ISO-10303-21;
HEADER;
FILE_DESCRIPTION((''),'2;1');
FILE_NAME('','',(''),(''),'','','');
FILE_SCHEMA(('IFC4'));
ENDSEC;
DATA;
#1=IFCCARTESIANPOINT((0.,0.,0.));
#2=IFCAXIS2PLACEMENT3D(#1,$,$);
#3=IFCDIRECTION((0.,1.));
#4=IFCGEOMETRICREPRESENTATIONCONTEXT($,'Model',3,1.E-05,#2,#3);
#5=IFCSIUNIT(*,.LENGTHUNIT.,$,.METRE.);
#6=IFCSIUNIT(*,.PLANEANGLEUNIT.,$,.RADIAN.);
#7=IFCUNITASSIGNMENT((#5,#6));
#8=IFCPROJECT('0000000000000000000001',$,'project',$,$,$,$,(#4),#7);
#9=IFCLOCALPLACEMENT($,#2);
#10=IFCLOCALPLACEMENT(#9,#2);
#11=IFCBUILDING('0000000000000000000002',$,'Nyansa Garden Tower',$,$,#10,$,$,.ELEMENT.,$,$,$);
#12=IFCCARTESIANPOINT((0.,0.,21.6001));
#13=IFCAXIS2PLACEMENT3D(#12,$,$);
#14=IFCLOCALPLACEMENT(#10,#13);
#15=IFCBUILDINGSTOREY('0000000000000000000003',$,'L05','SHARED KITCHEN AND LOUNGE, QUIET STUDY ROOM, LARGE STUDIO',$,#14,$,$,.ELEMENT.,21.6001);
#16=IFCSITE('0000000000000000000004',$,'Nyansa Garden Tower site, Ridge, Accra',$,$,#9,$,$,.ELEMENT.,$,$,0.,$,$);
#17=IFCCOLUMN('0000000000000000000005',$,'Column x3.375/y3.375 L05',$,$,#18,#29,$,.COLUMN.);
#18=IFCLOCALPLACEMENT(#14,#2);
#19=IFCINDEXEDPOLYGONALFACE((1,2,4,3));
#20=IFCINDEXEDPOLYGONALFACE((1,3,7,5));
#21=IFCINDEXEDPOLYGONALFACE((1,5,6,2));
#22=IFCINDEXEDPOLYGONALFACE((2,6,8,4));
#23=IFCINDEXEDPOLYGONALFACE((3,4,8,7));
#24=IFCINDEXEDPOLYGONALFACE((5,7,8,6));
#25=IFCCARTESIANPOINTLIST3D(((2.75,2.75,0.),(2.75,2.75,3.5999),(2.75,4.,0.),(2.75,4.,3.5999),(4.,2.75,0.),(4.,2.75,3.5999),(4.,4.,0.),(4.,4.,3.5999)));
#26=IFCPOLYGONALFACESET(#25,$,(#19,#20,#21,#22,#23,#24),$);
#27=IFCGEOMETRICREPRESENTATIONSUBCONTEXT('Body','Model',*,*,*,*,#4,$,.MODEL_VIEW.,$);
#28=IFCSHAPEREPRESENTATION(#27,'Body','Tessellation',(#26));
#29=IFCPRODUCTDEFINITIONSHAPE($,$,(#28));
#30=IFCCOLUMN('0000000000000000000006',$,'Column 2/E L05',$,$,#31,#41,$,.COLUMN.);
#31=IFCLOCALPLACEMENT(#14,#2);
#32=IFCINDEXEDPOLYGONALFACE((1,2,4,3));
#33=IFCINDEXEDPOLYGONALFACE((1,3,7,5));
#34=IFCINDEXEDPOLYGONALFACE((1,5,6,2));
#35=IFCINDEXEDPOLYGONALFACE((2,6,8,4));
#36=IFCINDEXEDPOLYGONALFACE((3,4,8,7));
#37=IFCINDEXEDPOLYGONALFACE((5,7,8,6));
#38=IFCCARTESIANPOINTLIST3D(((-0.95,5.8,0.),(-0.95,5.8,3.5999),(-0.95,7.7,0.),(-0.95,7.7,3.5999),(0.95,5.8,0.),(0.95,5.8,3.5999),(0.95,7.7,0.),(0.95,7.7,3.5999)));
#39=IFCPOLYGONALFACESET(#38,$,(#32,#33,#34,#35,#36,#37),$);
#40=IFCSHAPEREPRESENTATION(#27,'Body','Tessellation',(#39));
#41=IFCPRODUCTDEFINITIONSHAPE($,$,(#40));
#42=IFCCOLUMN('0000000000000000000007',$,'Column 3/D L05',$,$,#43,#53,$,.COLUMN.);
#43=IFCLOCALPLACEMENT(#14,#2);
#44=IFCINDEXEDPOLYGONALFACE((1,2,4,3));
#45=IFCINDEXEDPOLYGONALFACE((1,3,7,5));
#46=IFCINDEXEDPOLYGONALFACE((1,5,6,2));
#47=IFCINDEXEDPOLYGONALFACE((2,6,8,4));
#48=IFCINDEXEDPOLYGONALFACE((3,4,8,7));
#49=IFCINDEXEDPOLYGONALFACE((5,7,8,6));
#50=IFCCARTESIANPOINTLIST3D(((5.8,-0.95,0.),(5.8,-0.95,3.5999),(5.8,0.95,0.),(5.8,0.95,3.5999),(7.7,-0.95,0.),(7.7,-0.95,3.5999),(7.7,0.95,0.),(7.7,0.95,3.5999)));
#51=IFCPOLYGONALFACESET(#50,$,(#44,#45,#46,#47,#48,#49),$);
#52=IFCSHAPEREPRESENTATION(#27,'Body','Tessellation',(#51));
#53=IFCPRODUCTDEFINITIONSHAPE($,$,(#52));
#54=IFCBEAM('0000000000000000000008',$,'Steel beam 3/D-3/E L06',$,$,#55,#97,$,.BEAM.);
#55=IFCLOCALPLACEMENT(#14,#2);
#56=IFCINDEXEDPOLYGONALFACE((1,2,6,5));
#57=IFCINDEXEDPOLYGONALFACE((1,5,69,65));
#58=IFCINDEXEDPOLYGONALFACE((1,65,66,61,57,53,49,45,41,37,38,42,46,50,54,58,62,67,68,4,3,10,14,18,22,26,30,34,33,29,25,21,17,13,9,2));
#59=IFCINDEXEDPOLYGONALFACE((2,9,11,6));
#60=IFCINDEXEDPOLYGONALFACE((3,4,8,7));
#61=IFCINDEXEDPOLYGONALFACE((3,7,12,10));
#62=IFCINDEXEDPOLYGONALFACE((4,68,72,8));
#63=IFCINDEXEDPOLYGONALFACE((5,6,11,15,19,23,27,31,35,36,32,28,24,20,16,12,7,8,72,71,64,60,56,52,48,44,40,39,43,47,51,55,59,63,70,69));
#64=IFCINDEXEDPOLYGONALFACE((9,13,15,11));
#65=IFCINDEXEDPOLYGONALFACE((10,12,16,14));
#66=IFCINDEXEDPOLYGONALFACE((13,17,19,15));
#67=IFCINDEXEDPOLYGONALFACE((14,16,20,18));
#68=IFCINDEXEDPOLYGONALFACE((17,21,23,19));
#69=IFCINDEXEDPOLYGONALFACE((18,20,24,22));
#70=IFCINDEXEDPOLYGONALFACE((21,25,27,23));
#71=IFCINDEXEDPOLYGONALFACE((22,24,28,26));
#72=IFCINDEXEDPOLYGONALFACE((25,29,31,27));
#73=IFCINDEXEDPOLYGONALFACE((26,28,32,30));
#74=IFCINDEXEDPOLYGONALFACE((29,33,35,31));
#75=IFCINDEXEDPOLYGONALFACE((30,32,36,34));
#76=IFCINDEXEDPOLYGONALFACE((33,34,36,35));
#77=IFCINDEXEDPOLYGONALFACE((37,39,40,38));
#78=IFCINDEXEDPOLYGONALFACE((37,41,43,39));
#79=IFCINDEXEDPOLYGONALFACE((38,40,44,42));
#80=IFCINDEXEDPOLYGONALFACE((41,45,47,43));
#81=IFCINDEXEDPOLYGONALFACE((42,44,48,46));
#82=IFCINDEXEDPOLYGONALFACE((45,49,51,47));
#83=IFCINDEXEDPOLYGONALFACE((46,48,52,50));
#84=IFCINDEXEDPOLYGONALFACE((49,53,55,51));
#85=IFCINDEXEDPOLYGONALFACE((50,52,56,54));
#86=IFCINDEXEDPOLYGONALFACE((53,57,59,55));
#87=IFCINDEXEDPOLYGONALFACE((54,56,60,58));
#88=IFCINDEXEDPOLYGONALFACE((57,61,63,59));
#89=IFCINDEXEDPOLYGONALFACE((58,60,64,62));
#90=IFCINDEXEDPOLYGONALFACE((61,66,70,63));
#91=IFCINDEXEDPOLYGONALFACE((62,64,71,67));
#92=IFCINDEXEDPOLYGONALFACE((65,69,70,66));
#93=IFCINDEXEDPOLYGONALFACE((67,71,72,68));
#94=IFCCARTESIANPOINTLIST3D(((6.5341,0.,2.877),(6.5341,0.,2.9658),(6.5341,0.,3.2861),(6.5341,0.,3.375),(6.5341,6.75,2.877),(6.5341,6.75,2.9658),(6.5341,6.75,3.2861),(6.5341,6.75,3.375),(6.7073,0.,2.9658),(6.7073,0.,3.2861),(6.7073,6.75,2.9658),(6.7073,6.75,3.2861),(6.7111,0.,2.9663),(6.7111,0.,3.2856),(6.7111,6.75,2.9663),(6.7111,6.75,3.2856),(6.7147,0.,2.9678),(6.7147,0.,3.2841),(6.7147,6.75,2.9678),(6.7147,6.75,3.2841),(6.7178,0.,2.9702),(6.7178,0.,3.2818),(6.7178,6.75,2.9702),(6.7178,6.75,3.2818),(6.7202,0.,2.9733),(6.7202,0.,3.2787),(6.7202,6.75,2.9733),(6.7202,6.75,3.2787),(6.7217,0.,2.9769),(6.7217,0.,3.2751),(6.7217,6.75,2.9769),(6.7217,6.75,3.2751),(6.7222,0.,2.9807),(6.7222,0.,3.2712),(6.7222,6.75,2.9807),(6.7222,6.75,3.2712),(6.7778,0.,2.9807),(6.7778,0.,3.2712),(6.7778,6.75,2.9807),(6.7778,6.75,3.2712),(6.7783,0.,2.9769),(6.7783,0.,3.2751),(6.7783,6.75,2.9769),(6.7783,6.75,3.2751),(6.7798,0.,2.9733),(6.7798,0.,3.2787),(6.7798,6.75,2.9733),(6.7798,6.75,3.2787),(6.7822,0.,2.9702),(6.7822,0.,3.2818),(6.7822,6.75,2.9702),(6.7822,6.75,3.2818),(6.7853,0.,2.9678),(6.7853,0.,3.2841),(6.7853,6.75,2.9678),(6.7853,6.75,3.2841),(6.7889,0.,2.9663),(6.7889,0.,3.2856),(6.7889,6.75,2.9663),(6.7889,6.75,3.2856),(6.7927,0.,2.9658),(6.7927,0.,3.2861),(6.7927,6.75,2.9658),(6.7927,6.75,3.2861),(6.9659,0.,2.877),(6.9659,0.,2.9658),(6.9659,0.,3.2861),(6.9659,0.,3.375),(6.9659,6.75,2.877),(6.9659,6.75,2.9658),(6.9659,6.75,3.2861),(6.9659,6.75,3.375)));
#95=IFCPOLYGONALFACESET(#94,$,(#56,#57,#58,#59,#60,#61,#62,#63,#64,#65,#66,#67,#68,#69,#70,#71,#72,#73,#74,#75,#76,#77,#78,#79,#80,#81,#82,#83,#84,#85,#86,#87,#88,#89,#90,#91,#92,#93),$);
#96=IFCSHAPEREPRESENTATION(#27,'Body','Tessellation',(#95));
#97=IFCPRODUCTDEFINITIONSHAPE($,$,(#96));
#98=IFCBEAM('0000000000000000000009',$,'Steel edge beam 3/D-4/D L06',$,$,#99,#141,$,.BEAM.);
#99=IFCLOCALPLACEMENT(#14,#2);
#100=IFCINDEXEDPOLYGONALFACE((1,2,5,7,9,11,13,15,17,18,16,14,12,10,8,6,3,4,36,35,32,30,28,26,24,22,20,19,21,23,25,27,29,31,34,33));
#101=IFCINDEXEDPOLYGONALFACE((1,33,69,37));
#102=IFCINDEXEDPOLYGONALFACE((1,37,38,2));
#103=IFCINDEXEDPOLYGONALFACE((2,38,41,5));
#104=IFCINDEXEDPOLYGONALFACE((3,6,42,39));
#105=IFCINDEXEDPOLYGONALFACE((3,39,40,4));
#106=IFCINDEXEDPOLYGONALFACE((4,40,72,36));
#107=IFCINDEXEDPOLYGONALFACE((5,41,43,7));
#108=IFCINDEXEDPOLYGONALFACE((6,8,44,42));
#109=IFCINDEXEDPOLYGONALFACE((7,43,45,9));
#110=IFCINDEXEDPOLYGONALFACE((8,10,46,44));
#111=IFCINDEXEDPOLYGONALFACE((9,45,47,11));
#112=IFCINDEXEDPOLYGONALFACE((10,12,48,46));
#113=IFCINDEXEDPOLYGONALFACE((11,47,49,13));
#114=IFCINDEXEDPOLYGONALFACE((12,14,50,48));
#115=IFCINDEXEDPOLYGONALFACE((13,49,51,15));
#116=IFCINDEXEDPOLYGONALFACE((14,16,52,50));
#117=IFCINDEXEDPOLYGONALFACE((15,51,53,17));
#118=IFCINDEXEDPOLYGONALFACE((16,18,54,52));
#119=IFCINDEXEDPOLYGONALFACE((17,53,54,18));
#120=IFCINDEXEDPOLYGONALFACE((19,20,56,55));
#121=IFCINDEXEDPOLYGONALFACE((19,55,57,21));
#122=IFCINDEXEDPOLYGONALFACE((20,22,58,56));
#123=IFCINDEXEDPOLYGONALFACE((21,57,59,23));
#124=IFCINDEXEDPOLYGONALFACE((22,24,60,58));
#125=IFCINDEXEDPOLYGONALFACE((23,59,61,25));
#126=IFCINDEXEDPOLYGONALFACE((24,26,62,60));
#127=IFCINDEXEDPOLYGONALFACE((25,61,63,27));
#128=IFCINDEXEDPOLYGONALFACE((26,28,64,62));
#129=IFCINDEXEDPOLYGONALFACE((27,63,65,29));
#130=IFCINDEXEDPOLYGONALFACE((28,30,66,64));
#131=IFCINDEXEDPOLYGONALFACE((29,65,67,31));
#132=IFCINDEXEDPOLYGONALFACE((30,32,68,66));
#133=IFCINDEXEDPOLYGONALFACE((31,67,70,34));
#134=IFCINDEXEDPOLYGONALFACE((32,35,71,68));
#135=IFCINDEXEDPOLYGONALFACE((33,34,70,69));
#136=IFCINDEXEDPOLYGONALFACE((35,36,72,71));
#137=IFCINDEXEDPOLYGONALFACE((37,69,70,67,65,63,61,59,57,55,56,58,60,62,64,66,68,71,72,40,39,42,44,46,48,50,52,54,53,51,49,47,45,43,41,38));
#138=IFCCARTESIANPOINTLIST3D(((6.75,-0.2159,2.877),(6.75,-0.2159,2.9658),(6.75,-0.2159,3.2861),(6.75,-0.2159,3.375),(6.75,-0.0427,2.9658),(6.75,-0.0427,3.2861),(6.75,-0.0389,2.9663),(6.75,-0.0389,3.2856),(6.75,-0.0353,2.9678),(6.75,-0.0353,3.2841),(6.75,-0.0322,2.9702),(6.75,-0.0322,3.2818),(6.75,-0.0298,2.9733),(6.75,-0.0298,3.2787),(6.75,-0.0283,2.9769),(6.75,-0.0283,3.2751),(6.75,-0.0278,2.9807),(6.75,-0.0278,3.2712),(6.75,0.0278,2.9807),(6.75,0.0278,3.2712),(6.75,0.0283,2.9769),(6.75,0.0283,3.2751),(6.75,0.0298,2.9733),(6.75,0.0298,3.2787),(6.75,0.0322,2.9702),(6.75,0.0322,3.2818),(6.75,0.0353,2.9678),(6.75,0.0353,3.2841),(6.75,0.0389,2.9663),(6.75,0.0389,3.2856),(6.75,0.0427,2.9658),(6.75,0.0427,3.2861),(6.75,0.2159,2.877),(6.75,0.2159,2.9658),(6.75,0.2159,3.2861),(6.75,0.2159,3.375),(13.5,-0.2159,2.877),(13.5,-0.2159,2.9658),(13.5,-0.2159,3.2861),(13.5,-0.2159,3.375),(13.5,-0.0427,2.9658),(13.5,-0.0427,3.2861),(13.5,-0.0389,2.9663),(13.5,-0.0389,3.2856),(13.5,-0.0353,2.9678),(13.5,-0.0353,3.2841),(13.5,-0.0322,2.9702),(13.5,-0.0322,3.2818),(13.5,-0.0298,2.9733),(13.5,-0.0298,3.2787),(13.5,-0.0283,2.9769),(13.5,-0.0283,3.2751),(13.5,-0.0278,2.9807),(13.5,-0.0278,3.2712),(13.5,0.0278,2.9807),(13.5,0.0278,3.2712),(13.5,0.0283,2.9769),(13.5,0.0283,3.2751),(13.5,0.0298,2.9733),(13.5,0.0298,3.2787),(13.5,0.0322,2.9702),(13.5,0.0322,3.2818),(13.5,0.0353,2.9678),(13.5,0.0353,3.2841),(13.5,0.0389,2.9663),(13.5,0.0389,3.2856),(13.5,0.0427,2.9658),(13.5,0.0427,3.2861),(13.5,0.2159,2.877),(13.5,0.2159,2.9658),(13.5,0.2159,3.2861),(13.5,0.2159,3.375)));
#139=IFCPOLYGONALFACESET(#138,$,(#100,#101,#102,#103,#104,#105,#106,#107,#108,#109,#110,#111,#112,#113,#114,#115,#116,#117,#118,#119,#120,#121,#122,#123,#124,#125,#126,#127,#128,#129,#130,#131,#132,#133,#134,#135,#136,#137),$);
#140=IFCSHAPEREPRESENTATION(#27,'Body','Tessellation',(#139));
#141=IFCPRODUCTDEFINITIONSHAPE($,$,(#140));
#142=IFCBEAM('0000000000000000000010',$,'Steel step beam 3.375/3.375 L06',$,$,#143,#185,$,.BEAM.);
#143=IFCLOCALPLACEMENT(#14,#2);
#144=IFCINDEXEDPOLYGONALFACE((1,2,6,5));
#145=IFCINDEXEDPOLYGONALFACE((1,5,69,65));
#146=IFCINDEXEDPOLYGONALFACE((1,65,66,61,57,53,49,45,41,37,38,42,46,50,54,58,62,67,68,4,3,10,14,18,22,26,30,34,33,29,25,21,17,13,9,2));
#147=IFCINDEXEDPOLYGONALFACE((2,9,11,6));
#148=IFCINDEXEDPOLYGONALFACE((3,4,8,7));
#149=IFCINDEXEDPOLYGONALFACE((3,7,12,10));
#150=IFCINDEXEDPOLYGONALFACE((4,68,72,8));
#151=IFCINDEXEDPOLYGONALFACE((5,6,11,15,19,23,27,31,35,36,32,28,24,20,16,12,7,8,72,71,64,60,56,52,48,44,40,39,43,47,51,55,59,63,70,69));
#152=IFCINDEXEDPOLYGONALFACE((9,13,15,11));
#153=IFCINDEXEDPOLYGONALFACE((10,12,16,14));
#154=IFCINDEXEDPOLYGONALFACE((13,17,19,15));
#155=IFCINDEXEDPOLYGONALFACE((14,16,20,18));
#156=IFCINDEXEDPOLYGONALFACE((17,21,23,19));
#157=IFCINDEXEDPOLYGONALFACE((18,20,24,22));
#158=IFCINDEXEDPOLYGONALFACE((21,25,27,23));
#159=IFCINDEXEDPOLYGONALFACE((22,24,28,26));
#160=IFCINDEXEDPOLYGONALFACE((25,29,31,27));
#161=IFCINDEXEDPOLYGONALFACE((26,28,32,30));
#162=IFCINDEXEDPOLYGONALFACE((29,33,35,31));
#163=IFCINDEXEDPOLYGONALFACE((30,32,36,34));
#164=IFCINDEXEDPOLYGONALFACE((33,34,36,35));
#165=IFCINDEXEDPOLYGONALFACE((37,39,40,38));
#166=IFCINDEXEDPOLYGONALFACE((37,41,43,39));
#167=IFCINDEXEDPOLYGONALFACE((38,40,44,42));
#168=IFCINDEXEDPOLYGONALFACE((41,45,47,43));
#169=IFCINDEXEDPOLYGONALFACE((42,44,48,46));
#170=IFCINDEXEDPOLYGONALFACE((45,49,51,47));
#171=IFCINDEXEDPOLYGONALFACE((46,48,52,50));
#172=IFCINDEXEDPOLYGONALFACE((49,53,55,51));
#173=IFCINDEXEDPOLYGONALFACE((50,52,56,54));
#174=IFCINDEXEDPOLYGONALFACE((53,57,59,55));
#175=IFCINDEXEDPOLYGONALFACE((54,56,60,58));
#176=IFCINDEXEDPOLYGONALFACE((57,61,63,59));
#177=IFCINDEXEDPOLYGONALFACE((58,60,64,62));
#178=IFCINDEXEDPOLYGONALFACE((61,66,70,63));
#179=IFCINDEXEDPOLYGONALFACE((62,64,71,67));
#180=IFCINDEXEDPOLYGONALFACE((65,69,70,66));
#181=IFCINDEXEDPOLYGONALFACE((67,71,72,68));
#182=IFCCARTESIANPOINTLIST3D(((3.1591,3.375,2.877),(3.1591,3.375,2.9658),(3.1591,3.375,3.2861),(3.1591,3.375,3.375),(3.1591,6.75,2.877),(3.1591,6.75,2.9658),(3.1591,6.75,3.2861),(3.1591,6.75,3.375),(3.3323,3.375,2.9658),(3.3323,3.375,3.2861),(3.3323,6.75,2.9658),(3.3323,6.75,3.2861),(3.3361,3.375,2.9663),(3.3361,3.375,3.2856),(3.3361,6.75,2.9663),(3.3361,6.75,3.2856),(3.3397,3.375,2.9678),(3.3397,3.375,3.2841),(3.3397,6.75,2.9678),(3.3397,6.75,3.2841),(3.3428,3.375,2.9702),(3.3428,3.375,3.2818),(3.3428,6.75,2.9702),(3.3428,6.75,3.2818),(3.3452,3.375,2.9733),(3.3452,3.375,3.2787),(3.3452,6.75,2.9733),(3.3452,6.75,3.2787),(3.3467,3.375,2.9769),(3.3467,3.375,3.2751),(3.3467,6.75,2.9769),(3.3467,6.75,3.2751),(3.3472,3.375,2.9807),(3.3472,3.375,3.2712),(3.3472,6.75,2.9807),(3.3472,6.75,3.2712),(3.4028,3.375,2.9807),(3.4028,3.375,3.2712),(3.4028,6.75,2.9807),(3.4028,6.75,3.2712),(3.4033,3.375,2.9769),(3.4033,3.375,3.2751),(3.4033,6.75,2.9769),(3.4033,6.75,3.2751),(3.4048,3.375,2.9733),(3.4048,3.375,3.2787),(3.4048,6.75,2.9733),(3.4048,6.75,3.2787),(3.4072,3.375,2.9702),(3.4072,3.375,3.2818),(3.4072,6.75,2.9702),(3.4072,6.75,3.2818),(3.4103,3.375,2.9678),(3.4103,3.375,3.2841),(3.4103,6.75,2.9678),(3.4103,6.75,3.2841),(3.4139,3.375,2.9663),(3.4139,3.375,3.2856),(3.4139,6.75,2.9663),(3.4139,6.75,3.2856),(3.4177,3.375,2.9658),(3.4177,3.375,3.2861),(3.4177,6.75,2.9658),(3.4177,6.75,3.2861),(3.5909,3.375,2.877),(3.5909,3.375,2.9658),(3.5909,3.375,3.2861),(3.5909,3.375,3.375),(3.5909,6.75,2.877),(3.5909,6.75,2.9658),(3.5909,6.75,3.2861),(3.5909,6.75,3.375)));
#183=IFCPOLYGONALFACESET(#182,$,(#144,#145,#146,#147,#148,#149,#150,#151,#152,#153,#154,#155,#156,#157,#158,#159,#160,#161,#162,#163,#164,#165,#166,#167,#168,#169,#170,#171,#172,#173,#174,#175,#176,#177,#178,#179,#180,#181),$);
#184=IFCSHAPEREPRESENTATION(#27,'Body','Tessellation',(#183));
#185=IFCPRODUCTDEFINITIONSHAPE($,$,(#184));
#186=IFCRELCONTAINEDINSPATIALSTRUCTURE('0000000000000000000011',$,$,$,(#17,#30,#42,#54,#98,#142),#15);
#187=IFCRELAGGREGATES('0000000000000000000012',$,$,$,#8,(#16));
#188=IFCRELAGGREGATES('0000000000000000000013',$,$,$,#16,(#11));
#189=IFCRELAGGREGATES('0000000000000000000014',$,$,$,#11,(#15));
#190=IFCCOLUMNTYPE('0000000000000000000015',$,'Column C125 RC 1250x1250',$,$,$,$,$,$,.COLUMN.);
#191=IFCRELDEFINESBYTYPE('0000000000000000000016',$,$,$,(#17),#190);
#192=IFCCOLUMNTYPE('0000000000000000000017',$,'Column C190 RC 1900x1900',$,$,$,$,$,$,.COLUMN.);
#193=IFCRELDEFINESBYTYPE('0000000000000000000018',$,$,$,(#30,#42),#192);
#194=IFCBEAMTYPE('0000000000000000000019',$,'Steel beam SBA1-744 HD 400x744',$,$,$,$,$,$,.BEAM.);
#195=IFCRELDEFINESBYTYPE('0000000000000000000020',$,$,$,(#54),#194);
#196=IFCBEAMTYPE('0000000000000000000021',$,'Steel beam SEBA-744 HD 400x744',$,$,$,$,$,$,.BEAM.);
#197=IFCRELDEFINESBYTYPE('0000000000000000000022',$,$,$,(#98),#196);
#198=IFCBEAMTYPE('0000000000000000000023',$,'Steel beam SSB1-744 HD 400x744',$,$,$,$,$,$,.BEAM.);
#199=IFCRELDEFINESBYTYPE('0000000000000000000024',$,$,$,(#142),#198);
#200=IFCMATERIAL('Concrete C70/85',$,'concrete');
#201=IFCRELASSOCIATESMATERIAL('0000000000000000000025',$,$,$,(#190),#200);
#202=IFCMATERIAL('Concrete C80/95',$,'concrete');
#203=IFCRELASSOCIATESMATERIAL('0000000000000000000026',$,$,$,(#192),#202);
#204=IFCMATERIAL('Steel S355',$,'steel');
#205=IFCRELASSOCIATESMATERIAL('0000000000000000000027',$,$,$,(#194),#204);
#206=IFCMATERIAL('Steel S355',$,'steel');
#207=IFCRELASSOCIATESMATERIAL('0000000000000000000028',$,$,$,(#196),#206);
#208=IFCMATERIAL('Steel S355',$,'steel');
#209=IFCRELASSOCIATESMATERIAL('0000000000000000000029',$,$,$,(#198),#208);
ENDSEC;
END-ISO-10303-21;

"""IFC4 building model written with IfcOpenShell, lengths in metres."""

from ifc_helpers import new_model, si_unit, direction, frame, origin, origin_2d, place, context, subcontext, project, spatial, rectangle, i_section, extrude, material, material_profile, profile_set, type_object, element, save


model = new_model("IFC4")

# Units and contexts
model_context = context("Model", 3, precision=1e-05, world=origin(), true_north=direction((0.0, 1.0)))
body_context = subcontext(model_context, "Body", "Model", "MODEL_VIEW")
ifc_project = project(units=[si_unit("LENGTHUNIT", "METRE"), si_unit("PLANEANGLEUNIT", "RADIAN")], contexts=[model_context])

# Site, building, storey
site_placement = place(None, origin())
site = spatial("IfcSite", under=ifc_project, at=site_placement, Name="Nyansa Garden Tower site, Ridge, Accra", CompositionType="ELEMENT", RefElevation=0.0)
building_placement = place(site_placement, origin())
building = spatial("IfcBuilding", under=site, at=building_placement, Name="Nyansa Garden Tower", CompositionType="ELEMENT")
storey_placement = place(building_placement, frame((0.0, 0.0, 21.6001)))
storey = spatial("IfcBuildingStorey", under=building, at=storey_placement, Name="L05", Description="SHARED KITCHEN AND LOUNGE, QUIET STUDY ROOM, LARGE STUDIO", CompositionType="ELEMENT", Elevation=21.6001)

# Columns
ifc_material_1 = material(Name="Concrete C70/85", Category="concrete")
ifc_material_profile_1 = material_profile(ifc_material_1, rectangle(XDim=1.25, YDim=1.25, at=origin_2d()), Name="RC 1250x1250")
ifc_profile_set_1 = profile_set([ifc_material_profile_1], Name="Concrete C70/85")
column_type_1 = type_object("IfcColumnType", Name="Column C125 RC 1250x1250", PredefinedType="COLUMN", material=ifc_profile_set_1)
column_placement = place(storey_placement, frame((3.375, 3.375, 0.0), z_axis=(0.0, 0.0, 1.0), x_axis=(1.0, 0.0, 0.0)))
element("IfcColumn", 1, at=column_placement, inside=storey, type_object=column_type_1, Name="Column x3.375/y3.375 L05", PredefinedType="COLUMN", context=body_context, shape_type="SweptSolid", body=[
    extrude(rectangle(XDim=1.25, YDim=1.25, at=origin_2d()), origin(), (0.0, 0.0, 1.0), 3.5999),
])
ifc_material_2 = material(Name="Concrete C80/95", Category="concrete")
ifc_material_profile_2 = material_profile(ifc_material_2, rectangle(XDim=1.8999, YDim=1.8999, at=origin_2d()), Name="RC 1900x1900")
ifc_profile_set_2 = profile_set([ifc_material_profile_2], Name="Concrete C80/95")
column_type_2 = type_object("IfcColumnType", Name="Column C190 RC 1900x1900", PredefinedType="COLUMN", material=ifc_profile_set_2)
for number, where, z_axis, x_axis, name in (
    (2, (0.0, 6.75, 0.0), (0.0, 0.0, 1.0), (1.0, 0.0, 0.0), "Column 2/E L05"),
    (3, (6.75, 0.0, 0.0), (0.0, 0.0, 1.0), (1.0, 0.0, 0.0), "Column 3/D L05"),
):
    element("IfcColumn", number, at=place(storey_placement, frame(where, z_axis=z_axis, x_axis=x_axis)), inside=storey, type_object=column_type_2, Name=name, PredefinedType="COLUMN", context=body_context, shape_type="SweptSolid", body=[
        extrude(rectangle(XDim=1.8999, YDim=1.8999, at=origin_2d()), origin(), (0.0, 0.0, 1.0), 3.5999),
    ])

# Beams
ifc_material_3 = material(Name="Steel S355", Category="steel")
ifc_material_profile_3 = material_profile(ifc_material_3, i_section(OverallWidth=0.4319, OverallDepth=0.498, WebThickness=0.0557, FlangeThickness=0.0889, FilletRadius=0.0149, at=origin_2d()), Name="HD 400x744")
ifc_profile_set_3 = profile_set([ifc_material_profile_3], Name="Steel S355")
beam_type_1 = type_object("IfcBeamType", Name="Steel beam SBA1-744 HD 400x744", PredefinedType="BEAM", material=ifc_profile_set_3)
beam_1_placement = place(storey_placement, frame((6.75, 0.0, 3.126), z_axis=(0.0, 1.0, 0.0), x_axis=(-1.0, 0.0, 0.0)))
element("IfcBeam", 4, at=beam_1_placement, inside=storey, type_object=beam_type_1, Name="Steel beam 3/D-3/E L06", PredefinedType="BEAM", context=body_context, shape_type="SweptSolid", body=[
    extrude(i_section(OverallWidth=0.4319, OverallDepth=0.498, WebThickness=0.0557, FlangeThickness=0.0889, FilletRadius=0.0149, at=origin_2d()), origin(), (0.0, 0.0, 1.0), 6.75),
])
ifc_material_4 = material(Name="Steel S355", Category="steel")
ifc_material_profile_4 = material_profile(ifc_material_4, i_section(OverallWidth=0.4319, OverallDepth=0.498, WebThickness=0.0557, FlangeThickness=0.0889, FilletRadius=0.0149, at=origin_2d()), Name="HD 400x744")
ifc_profile_set_4 = profile_set([ifc_material_profile_4], Name="Steel S355")
beam_type_2 = type_object("IfcBeamType", Name="Steel beam SEBA-744 HD 400x744", PredefinedType="BEAM", material=ifc_profile_set_4)
beam_2_placement = place(storey_placement, frame((6.75, 0.0, 3.126), z_axis=(1.0, 0.0, 0.0), x_axis=(0.0, 1.0, 0.0)))
element("IfcBeam", 5, at=beam_2_placement, inside=storey, type_object=beam_type_2, Name="Steel edge beam 3/D-4/D L06", PredefinedType="BEAM", context=body_context, shape_type="SweptSolid", body=[
    extrude(i_section(OverallWidth=0.4319, OverallDepth=0.498, WebThickness=0.0557, FlangeThickness=0.0889, FilletRadius=0.0149, at=origin_2d()), origin(), (0.0, 0.0, 1.0), 6.75),
])
ifc_material_5 = material(Name="Steel S355", Category="steel")
ifc_material_profile_5 = material_profile(ifc_material_5, i_section(OverallWidth=0.4319, OverallDepth=0.498, WebThickness=0.0557, FlangeThickness=0.0889, FilletRadius=0.0149, at=origin_2d()), Name="HD 400x744")
ifc_profile_set_5 = profile_set([ifc_material_profile_5], Name="Steel S355")
beam_type_3 = type_object("IfcBeamType", Name="Steel beam SSB1-744 HD 400x744", PredefinedType="BEAM", material=ifc_profile_set_5)
for number, where, z_axis, x_axis, name in (
    (6, (3.375, 3.375, 3.126), (0.0, 1.0, 0.0), (-1.0, 0.0, 0.0), "Steel step beam 3.375/3.375 L06"),
):
    element("IfcBeam", number, at=place(storey_placement, frame(where, z_axis=z_axis, x_axis=x_axis)), inside=storey, type_object=beam_type_3, Name=name, PredefinedType="BEAM", context=body_context, shape_type="SweptSolid", body=[
        extrude(i_section(OverallWidth=0.4319, OverallDepth=0.498, WebThickness=0.0557, FlangeThickness=0.0889, FilletRadius=0.0149, at=origin_2d()), origin(), (0.0, 0.0, 1.0), 3.375),
    ])

save(model, "model.ifc")
